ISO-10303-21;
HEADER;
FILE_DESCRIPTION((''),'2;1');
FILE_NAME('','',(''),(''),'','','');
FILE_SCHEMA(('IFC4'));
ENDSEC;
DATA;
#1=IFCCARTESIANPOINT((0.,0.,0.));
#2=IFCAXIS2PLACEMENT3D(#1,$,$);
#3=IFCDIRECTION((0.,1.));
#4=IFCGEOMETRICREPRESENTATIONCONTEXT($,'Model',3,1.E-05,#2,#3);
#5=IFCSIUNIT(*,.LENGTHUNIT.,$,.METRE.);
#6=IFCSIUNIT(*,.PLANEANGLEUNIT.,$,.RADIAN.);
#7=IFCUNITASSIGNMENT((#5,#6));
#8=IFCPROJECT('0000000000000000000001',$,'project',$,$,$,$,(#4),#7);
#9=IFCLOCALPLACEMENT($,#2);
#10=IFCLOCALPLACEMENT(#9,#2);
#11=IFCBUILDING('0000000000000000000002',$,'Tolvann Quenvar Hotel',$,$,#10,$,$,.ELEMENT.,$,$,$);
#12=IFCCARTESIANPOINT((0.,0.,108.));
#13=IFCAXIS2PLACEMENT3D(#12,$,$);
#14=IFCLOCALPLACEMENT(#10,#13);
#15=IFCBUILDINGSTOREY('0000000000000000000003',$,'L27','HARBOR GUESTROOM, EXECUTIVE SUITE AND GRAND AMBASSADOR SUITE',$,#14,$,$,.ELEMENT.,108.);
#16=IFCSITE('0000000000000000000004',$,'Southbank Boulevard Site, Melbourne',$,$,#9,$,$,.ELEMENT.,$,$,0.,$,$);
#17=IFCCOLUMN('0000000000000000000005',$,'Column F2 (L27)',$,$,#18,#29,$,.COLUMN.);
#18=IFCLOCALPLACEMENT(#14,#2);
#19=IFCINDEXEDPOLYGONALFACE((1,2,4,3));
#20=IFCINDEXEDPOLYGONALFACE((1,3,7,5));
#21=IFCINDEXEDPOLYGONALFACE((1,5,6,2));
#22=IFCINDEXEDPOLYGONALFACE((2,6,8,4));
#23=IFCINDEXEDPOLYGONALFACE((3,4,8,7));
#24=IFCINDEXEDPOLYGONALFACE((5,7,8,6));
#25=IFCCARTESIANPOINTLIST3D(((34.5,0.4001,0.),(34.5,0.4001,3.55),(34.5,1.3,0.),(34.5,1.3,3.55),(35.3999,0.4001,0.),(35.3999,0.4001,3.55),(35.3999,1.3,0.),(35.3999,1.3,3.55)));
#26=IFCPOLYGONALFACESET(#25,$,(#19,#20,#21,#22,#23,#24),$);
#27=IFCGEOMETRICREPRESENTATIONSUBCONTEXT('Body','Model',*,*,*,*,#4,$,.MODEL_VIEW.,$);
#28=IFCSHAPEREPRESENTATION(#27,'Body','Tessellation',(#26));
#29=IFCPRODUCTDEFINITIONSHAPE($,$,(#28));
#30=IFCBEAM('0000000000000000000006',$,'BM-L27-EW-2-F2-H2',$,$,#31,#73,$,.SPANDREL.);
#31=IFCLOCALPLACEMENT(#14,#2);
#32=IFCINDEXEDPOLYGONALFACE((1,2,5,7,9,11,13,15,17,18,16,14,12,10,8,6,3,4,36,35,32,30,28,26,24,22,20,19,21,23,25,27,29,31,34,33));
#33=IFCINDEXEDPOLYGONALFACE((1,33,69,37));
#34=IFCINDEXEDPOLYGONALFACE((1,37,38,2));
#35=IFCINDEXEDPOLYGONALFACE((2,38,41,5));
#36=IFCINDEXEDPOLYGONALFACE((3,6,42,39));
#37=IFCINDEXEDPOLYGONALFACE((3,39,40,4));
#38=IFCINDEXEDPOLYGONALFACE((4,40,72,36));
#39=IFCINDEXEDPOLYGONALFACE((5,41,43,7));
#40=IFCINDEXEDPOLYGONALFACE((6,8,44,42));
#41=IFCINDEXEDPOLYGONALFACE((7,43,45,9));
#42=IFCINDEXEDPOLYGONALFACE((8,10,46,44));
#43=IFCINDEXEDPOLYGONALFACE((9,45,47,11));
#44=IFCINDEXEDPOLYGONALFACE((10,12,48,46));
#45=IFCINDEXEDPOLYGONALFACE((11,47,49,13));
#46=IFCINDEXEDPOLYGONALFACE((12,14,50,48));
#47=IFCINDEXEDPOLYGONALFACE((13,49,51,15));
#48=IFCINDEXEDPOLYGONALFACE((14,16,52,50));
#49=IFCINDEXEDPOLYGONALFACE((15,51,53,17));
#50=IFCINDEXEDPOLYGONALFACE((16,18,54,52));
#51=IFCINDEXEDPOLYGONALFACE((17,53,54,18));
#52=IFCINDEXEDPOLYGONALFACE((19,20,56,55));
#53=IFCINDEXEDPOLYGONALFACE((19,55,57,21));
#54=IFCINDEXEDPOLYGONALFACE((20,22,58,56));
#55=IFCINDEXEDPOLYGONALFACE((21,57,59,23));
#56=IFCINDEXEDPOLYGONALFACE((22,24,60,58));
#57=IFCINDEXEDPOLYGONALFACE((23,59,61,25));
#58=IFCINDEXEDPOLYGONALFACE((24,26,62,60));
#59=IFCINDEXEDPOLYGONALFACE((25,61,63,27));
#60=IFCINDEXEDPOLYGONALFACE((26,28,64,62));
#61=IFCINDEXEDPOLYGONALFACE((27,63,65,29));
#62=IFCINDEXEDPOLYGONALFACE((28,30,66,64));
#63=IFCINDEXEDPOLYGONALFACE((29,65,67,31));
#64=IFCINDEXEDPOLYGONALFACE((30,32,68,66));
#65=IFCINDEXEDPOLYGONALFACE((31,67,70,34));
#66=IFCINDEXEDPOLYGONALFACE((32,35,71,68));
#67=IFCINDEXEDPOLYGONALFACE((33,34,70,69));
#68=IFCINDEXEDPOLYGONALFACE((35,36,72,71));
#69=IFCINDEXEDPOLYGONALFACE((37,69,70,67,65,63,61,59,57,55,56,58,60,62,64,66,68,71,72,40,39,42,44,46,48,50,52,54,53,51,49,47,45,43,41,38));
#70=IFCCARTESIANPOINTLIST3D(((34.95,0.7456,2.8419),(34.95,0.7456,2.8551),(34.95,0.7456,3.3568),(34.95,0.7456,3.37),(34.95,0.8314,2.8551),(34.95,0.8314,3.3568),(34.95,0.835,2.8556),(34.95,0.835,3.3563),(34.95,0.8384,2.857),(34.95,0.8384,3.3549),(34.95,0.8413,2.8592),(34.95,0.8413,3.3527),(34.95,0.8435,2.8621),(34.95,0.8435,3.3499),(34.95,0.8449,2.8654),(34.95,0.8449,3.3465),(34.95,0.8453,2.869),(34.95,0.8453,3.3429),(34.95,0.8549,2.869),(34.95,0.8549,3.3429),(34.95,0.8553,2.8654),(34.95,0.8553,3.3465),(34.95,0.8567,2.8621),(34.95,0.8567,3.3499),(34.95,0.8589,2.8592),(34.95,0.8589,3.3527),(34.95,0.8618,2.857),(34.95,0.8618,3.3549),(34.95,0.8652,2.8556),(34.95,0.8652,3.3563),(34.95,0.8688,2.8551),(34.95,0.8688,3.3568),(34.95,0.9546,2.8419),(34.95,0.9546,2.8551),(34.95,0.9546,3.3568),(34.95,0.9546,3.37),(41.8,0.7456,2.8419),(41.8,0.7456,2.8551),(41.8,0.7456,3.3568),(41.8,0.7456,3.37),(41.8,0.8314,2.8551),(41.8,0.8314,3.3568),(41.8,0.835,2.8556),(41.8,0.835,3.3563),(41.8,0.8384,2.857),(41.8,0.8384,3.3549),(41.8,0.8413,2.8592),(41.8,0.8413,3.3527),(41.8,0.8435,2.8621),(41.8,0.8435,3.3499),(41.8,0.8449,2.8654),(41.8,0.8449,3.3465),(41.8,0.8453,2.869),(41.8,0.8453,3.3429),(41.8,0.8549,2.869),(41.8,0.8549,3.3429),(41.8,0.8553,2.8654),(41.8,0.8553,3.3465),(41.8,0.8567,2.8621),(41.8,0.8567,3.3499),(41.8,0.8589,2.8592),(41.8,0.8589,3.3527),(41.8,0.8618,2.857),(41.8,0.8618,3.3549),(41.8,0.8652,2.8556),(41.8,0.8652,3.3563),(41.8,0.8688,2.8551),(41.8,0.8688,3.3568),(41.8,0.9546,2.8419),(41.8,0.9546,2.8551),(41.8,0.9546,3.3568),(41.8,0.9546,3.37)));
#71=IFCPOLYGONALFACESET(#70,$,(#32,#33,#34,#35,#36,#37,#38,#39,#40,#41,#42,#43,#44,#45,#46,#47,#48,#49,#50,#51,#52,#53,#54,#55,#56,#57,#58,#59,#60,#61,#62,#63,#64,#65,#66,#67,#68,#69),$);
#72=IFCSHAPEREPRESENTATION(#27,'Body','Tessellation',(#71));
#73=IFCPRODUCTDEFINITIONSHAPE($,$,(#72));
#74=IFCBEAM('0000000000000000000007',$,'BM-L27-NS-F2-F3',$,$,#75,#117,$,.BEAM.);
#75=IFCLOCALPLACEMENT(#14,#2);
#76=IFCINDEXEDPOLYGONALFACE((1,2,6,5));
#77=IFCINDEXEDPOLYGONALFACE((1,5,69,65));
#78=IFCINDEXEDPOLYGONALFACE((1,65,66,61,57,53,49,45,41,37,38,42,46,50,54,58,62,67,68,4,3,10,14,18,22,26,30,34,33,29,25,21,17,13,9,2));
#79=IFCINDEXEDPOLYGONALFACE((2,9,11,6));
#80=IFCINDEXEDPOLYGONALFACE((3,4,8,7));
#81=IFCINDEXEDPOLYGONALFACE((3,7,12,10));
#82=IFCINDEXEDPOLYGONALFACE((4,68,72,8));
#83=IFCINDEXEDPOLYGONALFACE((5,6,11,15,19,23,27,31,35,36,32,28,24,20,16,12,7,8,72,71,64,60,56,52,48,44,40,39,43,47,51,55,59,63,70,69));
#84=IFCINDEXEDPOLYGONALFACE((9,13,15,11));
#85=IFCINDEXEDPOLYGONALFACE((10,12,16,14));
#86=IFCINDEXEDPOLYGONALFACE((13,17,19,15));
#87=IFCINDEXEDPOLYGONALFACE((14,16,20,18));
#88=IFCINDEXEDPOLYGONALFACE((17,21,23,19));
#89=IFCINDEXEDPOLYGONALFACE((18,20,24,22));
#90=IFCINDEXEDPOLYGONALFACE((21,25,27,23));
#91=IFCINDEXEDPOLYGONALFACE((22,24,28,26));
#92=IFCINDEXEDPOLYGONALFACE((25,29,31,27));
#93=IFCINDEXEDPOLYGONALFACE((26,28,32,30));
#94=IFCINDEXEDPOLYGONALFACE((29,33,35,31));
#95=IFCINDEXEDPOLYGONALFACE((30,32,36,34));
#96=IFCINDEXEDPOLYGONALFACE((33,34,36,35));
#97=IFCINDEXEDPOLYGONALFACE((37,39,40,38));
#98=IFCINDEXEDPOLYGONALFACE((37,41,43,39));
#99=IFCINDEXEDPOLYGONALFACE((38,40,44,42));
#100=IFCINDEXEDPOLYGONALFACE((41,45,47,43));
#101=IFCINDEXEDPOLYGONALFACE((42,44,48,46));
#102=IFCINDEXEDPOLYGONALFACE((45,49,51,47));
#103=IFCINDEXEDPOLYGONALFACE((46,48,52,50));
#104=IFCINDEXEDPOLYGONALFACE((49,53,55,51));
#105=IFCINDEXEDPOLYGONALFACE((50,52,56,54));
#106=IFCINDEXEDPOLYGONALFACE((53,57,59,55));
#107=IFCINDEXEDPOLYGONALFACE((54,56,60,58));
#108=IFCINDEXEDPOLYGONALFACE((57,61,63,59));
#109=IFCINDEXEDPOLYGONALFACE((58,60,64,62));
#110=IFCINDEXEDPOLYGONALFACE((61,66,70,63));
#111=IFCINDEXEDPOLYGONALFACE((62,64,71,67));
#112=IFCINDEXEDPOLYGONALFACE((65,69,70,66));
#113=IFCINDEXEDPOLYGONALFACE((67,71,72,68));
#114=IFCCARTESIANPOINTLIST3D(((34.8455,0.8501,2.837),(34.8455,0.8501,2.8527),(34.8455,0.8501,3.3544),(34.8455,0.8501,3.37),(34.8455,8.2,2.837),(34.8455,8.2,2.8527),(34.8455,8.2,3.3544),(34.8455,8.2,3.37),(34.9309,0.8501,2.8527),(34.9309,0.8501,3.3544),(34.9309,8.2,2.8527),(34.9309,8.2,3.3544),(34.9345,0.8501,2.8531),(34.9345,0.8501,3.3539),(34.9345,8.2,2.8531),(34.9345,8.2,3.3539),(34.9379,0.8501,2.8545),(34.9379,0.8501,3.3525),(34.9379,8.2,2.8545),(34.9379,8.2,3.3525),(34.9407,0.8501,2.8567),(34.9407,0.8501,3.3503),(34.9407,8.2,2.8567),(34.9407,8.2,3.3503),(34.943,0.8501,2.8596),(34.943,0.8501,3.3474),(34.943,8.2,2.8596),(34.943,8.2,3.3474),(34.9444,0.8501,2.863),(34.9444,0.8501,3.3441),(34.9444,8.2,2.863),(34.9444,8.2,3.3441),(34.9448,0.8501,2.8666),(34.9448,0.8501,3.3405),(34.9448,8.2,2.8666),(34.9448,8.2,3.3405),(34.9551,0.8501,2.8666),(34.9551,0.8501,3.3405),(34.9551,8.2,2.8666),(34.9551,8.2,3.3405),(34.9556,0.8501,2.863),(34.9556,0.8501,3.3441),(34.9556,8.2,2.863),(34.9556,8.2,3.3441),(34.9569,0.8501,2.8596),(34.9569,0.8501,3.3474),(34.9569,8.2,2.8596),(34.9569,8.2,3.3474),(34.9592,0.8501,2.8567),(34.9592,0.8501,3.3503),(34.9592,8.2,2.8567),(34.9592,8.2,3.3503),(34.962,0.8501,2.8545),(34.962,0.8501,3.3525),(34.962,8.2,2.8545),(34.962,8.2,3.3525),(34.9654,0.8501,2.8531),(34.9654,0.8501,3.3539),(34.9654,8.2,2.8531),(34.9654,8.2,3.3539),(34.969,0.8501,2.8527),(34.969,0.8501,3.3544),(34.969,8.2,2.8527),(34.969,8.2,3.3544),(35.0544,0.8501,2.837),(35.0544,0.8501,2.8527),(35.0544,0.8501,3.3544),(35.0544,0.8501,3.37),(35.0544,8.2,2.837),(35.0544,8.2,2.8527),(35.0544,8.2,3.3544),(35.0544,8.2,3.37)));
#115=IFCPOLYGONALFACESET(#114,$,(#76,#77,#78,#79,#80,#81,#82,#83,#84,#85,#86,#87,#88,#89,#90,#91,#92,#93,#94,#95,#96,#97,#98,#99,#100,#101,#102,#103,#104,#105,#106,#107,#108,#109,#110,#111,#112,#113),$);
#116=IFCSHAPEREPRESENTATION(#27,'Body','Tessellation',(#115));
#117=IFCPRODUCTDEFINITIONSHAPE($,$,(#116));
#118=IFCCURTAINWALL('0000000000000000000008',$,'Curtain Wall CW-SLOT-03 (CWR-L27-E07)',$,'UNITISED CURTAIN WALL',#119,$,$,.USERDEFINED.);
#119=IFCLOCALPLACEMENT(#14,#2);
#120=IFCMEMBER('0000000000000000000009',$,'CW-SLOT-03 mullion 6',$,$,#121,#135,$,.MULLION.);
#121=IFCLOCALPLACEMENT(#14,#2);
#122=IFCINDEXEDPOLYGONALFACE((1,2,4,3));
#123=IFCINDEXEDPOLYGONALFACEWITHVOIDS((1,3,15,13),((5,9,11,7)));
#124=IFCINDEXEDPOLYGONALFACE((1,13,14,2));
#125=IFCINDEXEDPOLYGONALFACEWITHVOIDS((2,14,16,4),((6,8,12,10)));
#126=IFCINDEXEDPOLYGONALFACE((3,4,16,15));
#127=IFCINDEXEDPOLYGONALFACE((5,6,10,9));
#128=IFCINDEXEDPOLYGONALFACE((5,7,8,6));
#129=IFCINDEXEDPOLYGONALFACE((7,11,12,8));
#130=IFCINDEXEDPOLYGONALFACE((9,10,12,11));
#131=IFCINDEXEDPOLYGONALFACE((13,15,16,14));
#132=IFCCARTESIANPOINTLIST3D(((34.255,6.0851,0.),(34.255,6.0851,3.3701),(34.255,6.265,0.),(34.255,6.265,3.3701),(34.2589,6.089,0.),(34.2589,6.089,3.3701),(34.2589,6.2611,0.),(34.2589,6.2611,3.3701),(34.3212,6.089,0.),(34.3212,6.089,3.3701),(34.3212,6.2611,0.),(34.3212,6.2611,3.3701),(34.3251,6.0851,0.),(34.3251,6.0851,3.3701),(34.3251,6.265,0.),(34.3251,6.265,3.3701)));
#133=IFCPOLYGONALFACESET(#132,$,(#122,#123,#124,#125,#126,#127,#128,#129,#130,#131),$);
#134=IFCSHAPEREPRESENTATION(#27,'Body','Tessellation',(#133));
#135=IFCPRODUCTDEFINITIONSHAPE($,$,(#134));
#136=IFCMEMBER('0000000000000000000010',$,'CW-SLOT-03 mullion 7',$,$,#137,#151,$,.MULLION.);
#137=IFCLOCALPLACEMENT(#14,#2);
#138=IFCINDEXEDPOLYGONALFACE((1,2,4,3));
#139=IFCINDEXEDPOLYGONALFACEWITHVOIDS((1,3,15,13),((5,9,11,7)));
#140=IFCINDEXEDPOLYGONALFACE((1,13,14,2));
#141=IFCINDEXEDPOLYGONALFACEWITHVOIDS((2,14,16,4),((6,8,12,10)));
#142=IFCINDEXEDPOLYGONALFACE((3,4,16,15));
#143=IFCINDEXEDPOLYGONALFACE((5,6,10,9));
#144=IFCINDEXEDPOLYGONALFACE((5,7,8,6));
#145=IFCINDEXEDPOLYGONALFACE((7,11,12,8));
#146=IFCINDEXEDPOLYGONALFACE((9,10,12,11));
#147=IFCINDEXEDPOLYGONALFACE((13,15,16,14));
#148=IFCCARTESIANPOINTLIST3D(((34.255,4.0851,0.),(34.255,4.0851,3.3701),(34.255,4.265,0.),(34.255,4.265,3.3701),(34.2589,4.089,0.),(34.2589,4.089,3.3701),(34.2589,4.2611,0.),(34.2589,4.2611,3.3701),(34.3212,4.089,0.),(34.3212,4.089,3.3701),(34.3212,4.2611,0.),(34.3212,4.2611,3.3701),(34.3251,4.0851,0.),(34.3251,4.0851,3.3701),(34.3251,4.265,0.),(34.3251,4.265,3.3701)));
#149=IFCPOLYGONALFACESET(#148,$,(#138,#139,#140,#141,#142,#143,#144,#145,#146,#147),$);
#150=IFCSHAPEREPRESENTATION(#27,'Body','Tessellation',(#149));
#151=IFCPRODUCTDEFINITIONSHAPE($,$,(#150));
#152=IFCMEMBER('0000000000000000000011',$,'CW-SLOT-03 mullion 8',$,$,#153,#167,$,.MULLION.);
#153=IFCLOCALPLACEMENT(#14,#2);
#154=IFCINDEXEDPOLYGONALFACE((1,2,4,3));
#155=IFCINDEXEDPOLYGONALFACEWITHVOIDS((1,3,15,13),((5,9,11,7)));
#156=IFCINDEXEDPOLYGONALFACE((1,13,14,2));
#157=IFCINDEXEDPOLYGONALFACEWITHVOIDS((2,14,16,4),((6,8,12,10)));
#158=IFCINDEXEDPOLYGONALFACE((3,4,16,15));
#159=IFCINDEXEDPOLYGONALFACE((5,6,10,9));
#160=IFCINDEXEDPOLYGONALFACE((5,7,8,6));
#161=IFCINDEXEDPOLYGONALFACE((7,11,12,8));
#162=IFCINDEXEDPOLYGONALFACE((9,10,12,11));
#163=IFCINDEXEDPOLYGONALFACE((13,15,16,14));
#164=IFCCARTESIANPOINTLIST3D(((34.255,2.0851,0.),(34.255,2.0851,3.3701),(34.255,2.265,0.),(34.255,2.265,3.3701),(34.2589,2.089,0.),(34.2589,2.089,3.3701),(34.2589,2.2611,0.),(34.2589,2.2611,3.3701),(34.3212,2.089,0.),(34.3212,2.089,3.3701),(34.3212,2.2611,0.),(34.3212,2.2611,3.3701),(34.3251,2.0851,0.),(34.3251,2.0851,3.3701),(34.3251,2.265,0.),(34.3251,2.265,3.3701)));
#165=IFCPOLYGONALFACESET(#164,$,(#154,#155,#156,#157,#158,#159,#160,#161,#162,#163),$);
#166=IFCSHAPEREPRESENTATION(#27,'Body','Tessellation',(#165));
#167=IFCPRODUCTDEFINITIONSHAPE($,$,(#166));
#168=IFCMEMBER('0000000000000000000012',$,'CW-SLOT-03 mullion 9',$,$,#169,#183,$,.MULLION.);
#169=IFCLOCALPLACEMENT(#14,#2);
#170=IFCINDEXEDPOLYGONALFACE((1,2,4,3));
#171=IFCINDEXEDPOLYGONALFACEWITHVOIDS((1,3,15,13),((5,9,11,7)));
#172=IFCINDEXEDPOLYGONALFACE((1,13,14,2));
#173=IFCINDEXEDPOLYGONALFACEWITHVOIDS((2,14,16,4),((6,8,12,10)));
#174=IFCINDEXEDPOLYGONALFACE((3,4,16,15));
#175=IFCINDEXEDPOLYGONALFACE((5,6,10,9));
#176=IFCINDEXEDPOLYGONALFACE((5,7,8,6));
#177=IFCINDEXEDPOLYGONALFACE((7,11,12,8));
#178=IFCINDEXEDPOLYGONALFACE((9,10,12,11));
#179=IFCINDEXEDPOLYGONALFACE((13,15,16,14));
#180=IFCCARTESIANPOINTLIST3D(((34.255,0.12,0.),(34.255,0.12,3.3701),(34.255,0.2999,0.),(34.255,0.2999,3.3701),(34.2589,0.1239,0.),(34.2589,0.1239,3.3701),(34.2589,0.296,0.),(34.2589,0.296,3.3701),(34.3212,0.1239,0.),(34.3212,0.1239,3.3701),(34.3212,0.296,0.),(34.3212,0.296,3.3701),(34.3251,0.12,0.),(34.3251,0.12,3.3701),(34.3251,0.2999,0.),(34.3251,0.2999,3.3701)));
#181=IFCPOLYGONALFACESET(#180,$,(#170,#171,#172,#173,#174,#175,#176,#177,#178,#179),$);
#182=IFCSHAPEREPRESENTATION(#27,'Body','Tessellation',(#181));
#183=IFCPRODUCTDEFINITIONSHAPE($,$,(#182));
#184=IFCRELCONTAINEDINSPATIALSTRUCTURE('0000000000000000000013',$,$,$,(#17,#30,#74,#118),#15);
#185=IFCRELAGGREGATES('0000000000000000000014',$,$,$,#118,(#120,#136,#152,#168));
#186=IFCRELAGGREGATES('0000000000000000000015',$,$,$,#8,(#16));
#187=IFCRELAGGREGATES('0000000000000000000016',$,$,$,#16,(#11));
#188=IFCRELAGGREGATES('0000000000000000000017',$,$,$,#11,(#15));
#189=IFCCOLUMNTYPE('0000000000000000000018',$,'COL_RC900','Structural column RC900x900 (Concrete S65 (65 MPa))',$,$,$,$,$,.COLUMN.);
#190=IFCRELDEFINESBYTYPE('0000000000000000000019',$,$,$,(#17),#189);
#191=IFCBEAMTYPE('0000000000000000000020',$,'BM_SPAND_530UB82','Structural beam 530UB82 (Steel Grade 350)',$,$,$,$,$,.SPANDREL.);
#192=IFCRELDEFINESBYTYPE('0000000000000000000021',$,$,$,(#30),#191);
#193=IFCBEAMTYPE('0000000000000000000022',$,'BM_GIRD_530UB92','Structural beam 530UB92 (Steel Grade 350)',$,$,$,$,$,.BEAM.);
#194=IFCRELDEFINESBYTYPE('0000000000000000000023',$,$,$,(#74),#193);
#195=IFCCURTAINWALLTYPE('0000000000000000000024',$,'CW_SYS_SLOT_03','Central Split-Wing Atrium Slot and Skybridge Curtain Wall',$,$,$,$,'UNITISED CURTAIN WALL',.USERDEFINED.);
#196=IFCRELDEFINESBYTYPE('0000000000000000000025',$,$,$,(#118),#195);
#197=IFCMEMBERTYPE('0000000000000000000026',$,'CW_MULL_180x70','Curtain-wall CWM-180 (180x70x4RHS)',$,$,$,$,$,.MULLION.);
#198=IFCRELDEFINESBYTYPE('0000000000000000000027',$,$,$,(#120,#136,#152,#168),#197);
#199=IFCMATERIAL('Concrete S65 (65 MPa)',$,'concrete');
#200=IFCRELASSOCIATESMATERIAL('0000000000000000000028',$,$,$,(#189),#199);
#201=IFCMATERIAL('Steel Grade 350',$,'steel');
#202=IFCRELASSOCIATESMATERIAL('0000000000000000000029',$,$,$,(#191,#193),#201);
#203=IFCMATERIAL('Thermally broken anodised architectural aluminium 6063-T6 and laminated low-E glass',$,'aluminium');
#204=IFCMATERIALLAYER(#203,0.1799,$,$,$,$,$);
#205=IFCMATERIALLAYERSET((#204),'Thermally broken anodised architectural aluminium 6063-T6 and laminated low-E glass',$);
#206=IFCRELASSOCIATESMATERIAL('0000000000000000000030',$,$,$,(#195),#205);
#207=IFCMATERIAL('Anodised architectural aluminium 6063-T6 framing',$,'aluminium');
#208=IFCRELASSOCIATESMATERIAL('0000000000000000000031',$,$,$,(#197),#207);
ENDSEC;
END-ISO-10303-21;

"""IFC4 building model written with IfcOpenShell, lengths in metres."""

from ifc_helpers import new_model, si_unit, direction, frame, origin, origin_2d, place, context, subcontext, project, spatial, rectangle, hollow_rectangle, i_section, extrude, source, transform, mapped, material, layer, layer_set, material_profile, profile_set, type_object, type_shapes, element, aggregate, save


model = new_model("IFC4")

# Units and contexts
model_context = context("Model", 3, precision=1e-05, world=origin(), true_north=direction((0.0, 1.0)))
body_context = subcontext(model_context, "Body", "Model", "MODEL_VIEW")
ifc_project = project(units=[si_unit("LENGTHUNIT", "METRE"), si_unit("PLANEANGLEUNIT", "RADIAN")], contexts=[model_context])

# Site, building, storey
site_placement = place(None, origin())
site = spatial("IfcSite", under=ifc_project, at=site_placement, Name="Southbank Boulevard Site, Melbourne", CompositionType="ELEMENT", RefElevation=0.0)
building_placement = place(site_placement, origin())
building = spatial("IfcBuilding", under=site, at=building_placement, Name="Tolvann Quenvar Hotel", CompositionType="ELEMENT")
storey_placement = place(building_placement, frame((0.0, 0.0, 108.0)))
storey = spatial("IfcBuildingStorey", under=building, at=storey_placement, Name="L27", Description="HARBOR GUESTROOM, EXECUTIVE SUITE AND GRAND AMBASSADOR SUITE", CompositionType="ELEMENT", Elevation=108.0)

# Column
ifc_material_1 = material(Name="Concrete S65 (65 MPa)", Category="concrete")
ifc_material_profile_1 = material_profile(ifc_material_1, rectangle(XDim=0.8999, YDim=0.8999, at=origin_2d()), Name="RC900x900")
ifc_profile_set_1 = profile_set([ifc_material_profile_1], Name="Concrete S65 (65 MPa)")
column_type = type_object("IfcColumnType", Name="COL_RC900", Description="Structural column RC900x900 (Concrete S65 (65 MPa))", PredefinedType="COLUMN", material=ifc_profile_set_1)
shared_shape_1 = source(origin(), body_context, "Body", "SweptSolid", [
    extrude(rectangle(XDim=0.8999, YDim=0.8999, at=origin_2d()), origin(), (0.0, 0.0, 1.0), 3.55),
])
type_shapes(column_type, [shared_shape_1])
column_placement = place(storey_placement, frame((34.95, 0.8501, 0.0), z_axis=(0.0, 0.0, 1.0), x_axis=(1.0, 0.0, 0.0)))
element("IfcColumn", 1, at=column_placement, inside=storey, type_object=column_type, Name="Column F2 (L27)", PredefinedType="COLUMN", context=body_context, shape_type="MappedRepresentation", body=[
    mapped(shared_shape_1, transform((0.0, 0.0, 0.0), x_axis=(1.0, 0.0, 0.0), y_axis=(0.0, 1.0, 0.0), z_axis=(0.0, 0.0, 1.0), scale=1.0)),
])

# Beams
ifc_material_2 = material(Name="Steel Grade 350", Category="steel")
ifc_material_profile_2 = material_profile(ifc_material_2, i_section(OverallWidth=0.209, OverallDepth=0.5281, WebThickness=0.0095, FlangeThickness=0.0132, FilletRadius=0.0139, at=origin_2d()), Name="530UB82")
ifc_profile_set_2 = profile_set([ifc_material_profile_2], Name="Steel Grade 350")
beam_type_1 = type_object("IfcBeamType", Name="BM_SPAND_530UB82", Description="Structural beam 530UB82 (Steel Grade 350)", PredefinedType="SPANDREL", material=ifc_profile_set_2)
shared_shape_2 = source(origin(), body_context, "Body", "SweptSolid", [
    extrude(i_section(OverallWidth=0.209, OverallDepth=0.5281, WebThickness=0.0095, FlangeThickness=0.0132, FilletRadius=0.0139, at=origin_2d()), origin(), (0.0, 0.0, 1.0), 6.8501),
])
type_shapes(beam_type_1, [shared_shape_2])
beam_1_placement = place(storey_placement, frame((34.95, 0.8501, 3.106), z_axis=(1.0, 0.0, 0.0), x_axis=(0.0, 1.0, 0.0)))
element("IfcBeam", 2, at=beam_1_placement, inside=storey, type_object=beam_type_1, Name="BM-L27-EW-2-F2-H2", PredefinedType="SPANDREL", context=body_context, shape_type="MappedRepresentation", body=[
    mapped(shared_shape_2, transform((0.0, 0.0, 0.0), x_axis=(1.0, 0.0, 0.0), y_axis=(0.0, 1.0, 0.0), z_axis=(0.0, 0.0, 1.0), scale=1.0)),
])
ifc_material_profile_3 = material_profile(ifc_material_2, i_section(OverallWidth=0.209, OverallDepth=0.533, WebThickness=0.0103, FlangeThickness=0.0156, FilletRadius=0.0139, at=origin_2d()), Name="530UB92")
ifc_profile_set_3 = profile_set([ifc_material_profile_3], Name="Steel Grade 350")
beam_type_2 = type_object("IfcBeamType", Name="BM_GIRD_530UB92", Description="Structural beam 530UB92 (Steel Grade 350)", PredefinedType="BEAM", material=ifc_profile_set_3)
shared_shape_3 = source(origin(), body_context, "Body", "SweptSolid", [
    extrude(i_section(OverallWidth=0.209, OverallDepth=0.533, WebThickness=0.0103, FlangeThickness=0.0156, FilletRadius=0.0139, at=origin_2d()), origin(), (0.0, 0.0, 1.0), 7.3499),
])
type_shapes(beam_type_2, [shared_shape_3])
beam_2_placement = place(storey_placement, frame((34.95, 0.8501, 3.1035), z_axis=(0.0, 1.0, 0.0), x_axis=(-1.0, 0.0, 0.0)))
element("IfcBeam", 3, at=beam_2_placement, inside=storey, type_object=beam_type_2, Name="BM-L27-NS-F2-F3", PredefinedType="BEAM", context=body_context, shape_type="MappedRepresentation", body=[
    mapped(shared_shape_3, transform((0.0, 0.0, 0.0), x_axis=(1.0, 0.0, 0.0), y_axis=(0.0, 1.0, 0.0), z_axis=(0.0, 0.0, 1.0), scale=1.0)),
])

# Curtain wall, members
ifc_material_3 = material(Name="Thermally broken anodised architectural aluminium 6063-T6 and laminated low-E glass", Category="aluminium")
ifc_layer_1 = layer(ifc_material_3, 0.1799)
ifc_layer_set_1 = layer_set([ifc_layer_1], Name="Thermally broken anodised architectural aluminium 6063-T6 and laminated low-E glass")
curtain_wall_type = type_object("IfcCurtainWallType", Name="CW_SYS_SLOT_03", Description="Central Split-Wing Atrium Slot and Skybridge Curtain Wall", ElementType="UNITISED CURTAIN WALL", PredefinedType="USERDEFINED", material=ifc_layer_set_1)
curtain_wall_placement = place(storey_placement, origin())
curtain_wall = element("IfcCurtainWall", 4, at=curtain_wall_placement, inside=storey, type_object=curtain_wall_type, Name="Curtain Wall CW-SLOT-03 (CWR-L27-E07)", ObjectType="UNITISED CURTAIN WALL", PredefinedType="USERDEFINED")
ifc_material_4 = material(Name="Anodised architectural aluminium 6063-T6 framing", Category="aluminium")
ifc_material_profile_4 = material_profile(ifc_material_4, hollow_rectangle(XDim=0.0701, YDim=0.1799, WallThickness=0.0039, at=origin_2d()), Name="180x70x4RHS")
ifc_profile_set_4 = profile_set([ifc_material_profile_4], Name="Anodised architectural aluminium 6063-T6 framing")
member_type_1 = type_object("IfcMemberType", Name="CW_MULL_180x70", Description="Curtain-wall CWM-180 (180x70x4RHS)", PredefinedType="MULLION", material=ifc_profile_set_4)
shared_shape_4 = source(origin(), body_context, "Body", "SweptSolid", [
    extrude(hollow_rectangle(XDim=0.0701, YDim=0.1799, WallThickness=0.0039, at=origin_2d()), origin(), (0.0, 0.0, 1.0), 3.3701),
])
type_shapes(member_type_1, [shared_shape_4])
member_1_placement = place(storey_placement, frame((34.29, 6.175, 0.0), z_axis=(0.0, 0.0, 1.0), x_axis=(1.0, 0.0, 0.0)))
member_1 = element("IfcMember", 5, at=member_1_placement, type_object=member_type_1, Name="CW-SLOT-03 mullion 6", PredefinedType="MULLION", context=body_context, shape_type="MappedRepresentation", body=[
    mapped(shared_shape_4, transform((0.0, 0.0, 0.0), x_axis=(1.0, 0.0, 0.0), y_axis=(0.0, 1.0, 0.0), z_axis=(0.0, 0.0, 1.0), scale=1.0)),
])
member_2_placement = place(storey_placement, frame((34.29, 4.175, 0.0), z_axis=(0.0, 0.0, 1.0), x_axis=(1.0, 0.0, 0.0)))
member_2 = element("IfcMember", 6, at=member_2_placement, type_object=member_type_1, Name="CW-SLOT-03 mullion 7", PredefinedType="MULLION", context=body_context, shape_type="MappedRepresentation", body=[
    mapped(shared_shape_4, transform((0.0, 0.0, 0.0), x_axis=(1.0, 0.0, 0.0), y_axis=(0.0, 1.0, 0.0), z_axis=(0.0, 0.0, 1.0), scale=1.0)),
])
member_3_placement = place(storey_placement, frame((34.29, 2.175, 0.0), z_axis=(0.0, 0.0, 1.0), x_axis=(1.0, 0.0, 0.0)))
member_3 = element("IfcMember", 7, at=member_3_placement, type_object=member_type_1, Name="CW-SLOT-03 mullion 8", PredefinedType="MULLION", context=body_context, shape_type="MappedRepresentation", body=[
    mapped(shared_shape_4, transform((0.0, 0.0, 0.0), x_axis=(1.0, 0.0, 0.0), y_axis=(0.0, 1.0, 0.0), z_axis=(0.0, 0.0, 1.0), scale=1.0)),
])
member_4_placement = place(storey_placement, frame((34.29, 0.21, 0.0), z_axis=(0.0, 0.0, 1.0), x_axis=(1.0, 0.0, 0.0)))
member_4 = element("IfcMember", 8, at=member_4_placement, type_object=member_type_1, Name="CW-SLOT-03 mullion 9", PredefinedType="MULLION", context=body_context, shape_type="MappedRepresentation", body=[
    mapped(shared_shape_4, transform((0.0, 0.0, 0.0), x_axis=(1.0, 0.0, 0.0), y_axis=(0.0, 1.0, 0.0), z_axis=(0.0, 0.0, 1.0), scale=1.0)),
])
aggregate(curtain_wall, [member_1, member_2, member_3, member_4])

save(model, "model.ifc")
